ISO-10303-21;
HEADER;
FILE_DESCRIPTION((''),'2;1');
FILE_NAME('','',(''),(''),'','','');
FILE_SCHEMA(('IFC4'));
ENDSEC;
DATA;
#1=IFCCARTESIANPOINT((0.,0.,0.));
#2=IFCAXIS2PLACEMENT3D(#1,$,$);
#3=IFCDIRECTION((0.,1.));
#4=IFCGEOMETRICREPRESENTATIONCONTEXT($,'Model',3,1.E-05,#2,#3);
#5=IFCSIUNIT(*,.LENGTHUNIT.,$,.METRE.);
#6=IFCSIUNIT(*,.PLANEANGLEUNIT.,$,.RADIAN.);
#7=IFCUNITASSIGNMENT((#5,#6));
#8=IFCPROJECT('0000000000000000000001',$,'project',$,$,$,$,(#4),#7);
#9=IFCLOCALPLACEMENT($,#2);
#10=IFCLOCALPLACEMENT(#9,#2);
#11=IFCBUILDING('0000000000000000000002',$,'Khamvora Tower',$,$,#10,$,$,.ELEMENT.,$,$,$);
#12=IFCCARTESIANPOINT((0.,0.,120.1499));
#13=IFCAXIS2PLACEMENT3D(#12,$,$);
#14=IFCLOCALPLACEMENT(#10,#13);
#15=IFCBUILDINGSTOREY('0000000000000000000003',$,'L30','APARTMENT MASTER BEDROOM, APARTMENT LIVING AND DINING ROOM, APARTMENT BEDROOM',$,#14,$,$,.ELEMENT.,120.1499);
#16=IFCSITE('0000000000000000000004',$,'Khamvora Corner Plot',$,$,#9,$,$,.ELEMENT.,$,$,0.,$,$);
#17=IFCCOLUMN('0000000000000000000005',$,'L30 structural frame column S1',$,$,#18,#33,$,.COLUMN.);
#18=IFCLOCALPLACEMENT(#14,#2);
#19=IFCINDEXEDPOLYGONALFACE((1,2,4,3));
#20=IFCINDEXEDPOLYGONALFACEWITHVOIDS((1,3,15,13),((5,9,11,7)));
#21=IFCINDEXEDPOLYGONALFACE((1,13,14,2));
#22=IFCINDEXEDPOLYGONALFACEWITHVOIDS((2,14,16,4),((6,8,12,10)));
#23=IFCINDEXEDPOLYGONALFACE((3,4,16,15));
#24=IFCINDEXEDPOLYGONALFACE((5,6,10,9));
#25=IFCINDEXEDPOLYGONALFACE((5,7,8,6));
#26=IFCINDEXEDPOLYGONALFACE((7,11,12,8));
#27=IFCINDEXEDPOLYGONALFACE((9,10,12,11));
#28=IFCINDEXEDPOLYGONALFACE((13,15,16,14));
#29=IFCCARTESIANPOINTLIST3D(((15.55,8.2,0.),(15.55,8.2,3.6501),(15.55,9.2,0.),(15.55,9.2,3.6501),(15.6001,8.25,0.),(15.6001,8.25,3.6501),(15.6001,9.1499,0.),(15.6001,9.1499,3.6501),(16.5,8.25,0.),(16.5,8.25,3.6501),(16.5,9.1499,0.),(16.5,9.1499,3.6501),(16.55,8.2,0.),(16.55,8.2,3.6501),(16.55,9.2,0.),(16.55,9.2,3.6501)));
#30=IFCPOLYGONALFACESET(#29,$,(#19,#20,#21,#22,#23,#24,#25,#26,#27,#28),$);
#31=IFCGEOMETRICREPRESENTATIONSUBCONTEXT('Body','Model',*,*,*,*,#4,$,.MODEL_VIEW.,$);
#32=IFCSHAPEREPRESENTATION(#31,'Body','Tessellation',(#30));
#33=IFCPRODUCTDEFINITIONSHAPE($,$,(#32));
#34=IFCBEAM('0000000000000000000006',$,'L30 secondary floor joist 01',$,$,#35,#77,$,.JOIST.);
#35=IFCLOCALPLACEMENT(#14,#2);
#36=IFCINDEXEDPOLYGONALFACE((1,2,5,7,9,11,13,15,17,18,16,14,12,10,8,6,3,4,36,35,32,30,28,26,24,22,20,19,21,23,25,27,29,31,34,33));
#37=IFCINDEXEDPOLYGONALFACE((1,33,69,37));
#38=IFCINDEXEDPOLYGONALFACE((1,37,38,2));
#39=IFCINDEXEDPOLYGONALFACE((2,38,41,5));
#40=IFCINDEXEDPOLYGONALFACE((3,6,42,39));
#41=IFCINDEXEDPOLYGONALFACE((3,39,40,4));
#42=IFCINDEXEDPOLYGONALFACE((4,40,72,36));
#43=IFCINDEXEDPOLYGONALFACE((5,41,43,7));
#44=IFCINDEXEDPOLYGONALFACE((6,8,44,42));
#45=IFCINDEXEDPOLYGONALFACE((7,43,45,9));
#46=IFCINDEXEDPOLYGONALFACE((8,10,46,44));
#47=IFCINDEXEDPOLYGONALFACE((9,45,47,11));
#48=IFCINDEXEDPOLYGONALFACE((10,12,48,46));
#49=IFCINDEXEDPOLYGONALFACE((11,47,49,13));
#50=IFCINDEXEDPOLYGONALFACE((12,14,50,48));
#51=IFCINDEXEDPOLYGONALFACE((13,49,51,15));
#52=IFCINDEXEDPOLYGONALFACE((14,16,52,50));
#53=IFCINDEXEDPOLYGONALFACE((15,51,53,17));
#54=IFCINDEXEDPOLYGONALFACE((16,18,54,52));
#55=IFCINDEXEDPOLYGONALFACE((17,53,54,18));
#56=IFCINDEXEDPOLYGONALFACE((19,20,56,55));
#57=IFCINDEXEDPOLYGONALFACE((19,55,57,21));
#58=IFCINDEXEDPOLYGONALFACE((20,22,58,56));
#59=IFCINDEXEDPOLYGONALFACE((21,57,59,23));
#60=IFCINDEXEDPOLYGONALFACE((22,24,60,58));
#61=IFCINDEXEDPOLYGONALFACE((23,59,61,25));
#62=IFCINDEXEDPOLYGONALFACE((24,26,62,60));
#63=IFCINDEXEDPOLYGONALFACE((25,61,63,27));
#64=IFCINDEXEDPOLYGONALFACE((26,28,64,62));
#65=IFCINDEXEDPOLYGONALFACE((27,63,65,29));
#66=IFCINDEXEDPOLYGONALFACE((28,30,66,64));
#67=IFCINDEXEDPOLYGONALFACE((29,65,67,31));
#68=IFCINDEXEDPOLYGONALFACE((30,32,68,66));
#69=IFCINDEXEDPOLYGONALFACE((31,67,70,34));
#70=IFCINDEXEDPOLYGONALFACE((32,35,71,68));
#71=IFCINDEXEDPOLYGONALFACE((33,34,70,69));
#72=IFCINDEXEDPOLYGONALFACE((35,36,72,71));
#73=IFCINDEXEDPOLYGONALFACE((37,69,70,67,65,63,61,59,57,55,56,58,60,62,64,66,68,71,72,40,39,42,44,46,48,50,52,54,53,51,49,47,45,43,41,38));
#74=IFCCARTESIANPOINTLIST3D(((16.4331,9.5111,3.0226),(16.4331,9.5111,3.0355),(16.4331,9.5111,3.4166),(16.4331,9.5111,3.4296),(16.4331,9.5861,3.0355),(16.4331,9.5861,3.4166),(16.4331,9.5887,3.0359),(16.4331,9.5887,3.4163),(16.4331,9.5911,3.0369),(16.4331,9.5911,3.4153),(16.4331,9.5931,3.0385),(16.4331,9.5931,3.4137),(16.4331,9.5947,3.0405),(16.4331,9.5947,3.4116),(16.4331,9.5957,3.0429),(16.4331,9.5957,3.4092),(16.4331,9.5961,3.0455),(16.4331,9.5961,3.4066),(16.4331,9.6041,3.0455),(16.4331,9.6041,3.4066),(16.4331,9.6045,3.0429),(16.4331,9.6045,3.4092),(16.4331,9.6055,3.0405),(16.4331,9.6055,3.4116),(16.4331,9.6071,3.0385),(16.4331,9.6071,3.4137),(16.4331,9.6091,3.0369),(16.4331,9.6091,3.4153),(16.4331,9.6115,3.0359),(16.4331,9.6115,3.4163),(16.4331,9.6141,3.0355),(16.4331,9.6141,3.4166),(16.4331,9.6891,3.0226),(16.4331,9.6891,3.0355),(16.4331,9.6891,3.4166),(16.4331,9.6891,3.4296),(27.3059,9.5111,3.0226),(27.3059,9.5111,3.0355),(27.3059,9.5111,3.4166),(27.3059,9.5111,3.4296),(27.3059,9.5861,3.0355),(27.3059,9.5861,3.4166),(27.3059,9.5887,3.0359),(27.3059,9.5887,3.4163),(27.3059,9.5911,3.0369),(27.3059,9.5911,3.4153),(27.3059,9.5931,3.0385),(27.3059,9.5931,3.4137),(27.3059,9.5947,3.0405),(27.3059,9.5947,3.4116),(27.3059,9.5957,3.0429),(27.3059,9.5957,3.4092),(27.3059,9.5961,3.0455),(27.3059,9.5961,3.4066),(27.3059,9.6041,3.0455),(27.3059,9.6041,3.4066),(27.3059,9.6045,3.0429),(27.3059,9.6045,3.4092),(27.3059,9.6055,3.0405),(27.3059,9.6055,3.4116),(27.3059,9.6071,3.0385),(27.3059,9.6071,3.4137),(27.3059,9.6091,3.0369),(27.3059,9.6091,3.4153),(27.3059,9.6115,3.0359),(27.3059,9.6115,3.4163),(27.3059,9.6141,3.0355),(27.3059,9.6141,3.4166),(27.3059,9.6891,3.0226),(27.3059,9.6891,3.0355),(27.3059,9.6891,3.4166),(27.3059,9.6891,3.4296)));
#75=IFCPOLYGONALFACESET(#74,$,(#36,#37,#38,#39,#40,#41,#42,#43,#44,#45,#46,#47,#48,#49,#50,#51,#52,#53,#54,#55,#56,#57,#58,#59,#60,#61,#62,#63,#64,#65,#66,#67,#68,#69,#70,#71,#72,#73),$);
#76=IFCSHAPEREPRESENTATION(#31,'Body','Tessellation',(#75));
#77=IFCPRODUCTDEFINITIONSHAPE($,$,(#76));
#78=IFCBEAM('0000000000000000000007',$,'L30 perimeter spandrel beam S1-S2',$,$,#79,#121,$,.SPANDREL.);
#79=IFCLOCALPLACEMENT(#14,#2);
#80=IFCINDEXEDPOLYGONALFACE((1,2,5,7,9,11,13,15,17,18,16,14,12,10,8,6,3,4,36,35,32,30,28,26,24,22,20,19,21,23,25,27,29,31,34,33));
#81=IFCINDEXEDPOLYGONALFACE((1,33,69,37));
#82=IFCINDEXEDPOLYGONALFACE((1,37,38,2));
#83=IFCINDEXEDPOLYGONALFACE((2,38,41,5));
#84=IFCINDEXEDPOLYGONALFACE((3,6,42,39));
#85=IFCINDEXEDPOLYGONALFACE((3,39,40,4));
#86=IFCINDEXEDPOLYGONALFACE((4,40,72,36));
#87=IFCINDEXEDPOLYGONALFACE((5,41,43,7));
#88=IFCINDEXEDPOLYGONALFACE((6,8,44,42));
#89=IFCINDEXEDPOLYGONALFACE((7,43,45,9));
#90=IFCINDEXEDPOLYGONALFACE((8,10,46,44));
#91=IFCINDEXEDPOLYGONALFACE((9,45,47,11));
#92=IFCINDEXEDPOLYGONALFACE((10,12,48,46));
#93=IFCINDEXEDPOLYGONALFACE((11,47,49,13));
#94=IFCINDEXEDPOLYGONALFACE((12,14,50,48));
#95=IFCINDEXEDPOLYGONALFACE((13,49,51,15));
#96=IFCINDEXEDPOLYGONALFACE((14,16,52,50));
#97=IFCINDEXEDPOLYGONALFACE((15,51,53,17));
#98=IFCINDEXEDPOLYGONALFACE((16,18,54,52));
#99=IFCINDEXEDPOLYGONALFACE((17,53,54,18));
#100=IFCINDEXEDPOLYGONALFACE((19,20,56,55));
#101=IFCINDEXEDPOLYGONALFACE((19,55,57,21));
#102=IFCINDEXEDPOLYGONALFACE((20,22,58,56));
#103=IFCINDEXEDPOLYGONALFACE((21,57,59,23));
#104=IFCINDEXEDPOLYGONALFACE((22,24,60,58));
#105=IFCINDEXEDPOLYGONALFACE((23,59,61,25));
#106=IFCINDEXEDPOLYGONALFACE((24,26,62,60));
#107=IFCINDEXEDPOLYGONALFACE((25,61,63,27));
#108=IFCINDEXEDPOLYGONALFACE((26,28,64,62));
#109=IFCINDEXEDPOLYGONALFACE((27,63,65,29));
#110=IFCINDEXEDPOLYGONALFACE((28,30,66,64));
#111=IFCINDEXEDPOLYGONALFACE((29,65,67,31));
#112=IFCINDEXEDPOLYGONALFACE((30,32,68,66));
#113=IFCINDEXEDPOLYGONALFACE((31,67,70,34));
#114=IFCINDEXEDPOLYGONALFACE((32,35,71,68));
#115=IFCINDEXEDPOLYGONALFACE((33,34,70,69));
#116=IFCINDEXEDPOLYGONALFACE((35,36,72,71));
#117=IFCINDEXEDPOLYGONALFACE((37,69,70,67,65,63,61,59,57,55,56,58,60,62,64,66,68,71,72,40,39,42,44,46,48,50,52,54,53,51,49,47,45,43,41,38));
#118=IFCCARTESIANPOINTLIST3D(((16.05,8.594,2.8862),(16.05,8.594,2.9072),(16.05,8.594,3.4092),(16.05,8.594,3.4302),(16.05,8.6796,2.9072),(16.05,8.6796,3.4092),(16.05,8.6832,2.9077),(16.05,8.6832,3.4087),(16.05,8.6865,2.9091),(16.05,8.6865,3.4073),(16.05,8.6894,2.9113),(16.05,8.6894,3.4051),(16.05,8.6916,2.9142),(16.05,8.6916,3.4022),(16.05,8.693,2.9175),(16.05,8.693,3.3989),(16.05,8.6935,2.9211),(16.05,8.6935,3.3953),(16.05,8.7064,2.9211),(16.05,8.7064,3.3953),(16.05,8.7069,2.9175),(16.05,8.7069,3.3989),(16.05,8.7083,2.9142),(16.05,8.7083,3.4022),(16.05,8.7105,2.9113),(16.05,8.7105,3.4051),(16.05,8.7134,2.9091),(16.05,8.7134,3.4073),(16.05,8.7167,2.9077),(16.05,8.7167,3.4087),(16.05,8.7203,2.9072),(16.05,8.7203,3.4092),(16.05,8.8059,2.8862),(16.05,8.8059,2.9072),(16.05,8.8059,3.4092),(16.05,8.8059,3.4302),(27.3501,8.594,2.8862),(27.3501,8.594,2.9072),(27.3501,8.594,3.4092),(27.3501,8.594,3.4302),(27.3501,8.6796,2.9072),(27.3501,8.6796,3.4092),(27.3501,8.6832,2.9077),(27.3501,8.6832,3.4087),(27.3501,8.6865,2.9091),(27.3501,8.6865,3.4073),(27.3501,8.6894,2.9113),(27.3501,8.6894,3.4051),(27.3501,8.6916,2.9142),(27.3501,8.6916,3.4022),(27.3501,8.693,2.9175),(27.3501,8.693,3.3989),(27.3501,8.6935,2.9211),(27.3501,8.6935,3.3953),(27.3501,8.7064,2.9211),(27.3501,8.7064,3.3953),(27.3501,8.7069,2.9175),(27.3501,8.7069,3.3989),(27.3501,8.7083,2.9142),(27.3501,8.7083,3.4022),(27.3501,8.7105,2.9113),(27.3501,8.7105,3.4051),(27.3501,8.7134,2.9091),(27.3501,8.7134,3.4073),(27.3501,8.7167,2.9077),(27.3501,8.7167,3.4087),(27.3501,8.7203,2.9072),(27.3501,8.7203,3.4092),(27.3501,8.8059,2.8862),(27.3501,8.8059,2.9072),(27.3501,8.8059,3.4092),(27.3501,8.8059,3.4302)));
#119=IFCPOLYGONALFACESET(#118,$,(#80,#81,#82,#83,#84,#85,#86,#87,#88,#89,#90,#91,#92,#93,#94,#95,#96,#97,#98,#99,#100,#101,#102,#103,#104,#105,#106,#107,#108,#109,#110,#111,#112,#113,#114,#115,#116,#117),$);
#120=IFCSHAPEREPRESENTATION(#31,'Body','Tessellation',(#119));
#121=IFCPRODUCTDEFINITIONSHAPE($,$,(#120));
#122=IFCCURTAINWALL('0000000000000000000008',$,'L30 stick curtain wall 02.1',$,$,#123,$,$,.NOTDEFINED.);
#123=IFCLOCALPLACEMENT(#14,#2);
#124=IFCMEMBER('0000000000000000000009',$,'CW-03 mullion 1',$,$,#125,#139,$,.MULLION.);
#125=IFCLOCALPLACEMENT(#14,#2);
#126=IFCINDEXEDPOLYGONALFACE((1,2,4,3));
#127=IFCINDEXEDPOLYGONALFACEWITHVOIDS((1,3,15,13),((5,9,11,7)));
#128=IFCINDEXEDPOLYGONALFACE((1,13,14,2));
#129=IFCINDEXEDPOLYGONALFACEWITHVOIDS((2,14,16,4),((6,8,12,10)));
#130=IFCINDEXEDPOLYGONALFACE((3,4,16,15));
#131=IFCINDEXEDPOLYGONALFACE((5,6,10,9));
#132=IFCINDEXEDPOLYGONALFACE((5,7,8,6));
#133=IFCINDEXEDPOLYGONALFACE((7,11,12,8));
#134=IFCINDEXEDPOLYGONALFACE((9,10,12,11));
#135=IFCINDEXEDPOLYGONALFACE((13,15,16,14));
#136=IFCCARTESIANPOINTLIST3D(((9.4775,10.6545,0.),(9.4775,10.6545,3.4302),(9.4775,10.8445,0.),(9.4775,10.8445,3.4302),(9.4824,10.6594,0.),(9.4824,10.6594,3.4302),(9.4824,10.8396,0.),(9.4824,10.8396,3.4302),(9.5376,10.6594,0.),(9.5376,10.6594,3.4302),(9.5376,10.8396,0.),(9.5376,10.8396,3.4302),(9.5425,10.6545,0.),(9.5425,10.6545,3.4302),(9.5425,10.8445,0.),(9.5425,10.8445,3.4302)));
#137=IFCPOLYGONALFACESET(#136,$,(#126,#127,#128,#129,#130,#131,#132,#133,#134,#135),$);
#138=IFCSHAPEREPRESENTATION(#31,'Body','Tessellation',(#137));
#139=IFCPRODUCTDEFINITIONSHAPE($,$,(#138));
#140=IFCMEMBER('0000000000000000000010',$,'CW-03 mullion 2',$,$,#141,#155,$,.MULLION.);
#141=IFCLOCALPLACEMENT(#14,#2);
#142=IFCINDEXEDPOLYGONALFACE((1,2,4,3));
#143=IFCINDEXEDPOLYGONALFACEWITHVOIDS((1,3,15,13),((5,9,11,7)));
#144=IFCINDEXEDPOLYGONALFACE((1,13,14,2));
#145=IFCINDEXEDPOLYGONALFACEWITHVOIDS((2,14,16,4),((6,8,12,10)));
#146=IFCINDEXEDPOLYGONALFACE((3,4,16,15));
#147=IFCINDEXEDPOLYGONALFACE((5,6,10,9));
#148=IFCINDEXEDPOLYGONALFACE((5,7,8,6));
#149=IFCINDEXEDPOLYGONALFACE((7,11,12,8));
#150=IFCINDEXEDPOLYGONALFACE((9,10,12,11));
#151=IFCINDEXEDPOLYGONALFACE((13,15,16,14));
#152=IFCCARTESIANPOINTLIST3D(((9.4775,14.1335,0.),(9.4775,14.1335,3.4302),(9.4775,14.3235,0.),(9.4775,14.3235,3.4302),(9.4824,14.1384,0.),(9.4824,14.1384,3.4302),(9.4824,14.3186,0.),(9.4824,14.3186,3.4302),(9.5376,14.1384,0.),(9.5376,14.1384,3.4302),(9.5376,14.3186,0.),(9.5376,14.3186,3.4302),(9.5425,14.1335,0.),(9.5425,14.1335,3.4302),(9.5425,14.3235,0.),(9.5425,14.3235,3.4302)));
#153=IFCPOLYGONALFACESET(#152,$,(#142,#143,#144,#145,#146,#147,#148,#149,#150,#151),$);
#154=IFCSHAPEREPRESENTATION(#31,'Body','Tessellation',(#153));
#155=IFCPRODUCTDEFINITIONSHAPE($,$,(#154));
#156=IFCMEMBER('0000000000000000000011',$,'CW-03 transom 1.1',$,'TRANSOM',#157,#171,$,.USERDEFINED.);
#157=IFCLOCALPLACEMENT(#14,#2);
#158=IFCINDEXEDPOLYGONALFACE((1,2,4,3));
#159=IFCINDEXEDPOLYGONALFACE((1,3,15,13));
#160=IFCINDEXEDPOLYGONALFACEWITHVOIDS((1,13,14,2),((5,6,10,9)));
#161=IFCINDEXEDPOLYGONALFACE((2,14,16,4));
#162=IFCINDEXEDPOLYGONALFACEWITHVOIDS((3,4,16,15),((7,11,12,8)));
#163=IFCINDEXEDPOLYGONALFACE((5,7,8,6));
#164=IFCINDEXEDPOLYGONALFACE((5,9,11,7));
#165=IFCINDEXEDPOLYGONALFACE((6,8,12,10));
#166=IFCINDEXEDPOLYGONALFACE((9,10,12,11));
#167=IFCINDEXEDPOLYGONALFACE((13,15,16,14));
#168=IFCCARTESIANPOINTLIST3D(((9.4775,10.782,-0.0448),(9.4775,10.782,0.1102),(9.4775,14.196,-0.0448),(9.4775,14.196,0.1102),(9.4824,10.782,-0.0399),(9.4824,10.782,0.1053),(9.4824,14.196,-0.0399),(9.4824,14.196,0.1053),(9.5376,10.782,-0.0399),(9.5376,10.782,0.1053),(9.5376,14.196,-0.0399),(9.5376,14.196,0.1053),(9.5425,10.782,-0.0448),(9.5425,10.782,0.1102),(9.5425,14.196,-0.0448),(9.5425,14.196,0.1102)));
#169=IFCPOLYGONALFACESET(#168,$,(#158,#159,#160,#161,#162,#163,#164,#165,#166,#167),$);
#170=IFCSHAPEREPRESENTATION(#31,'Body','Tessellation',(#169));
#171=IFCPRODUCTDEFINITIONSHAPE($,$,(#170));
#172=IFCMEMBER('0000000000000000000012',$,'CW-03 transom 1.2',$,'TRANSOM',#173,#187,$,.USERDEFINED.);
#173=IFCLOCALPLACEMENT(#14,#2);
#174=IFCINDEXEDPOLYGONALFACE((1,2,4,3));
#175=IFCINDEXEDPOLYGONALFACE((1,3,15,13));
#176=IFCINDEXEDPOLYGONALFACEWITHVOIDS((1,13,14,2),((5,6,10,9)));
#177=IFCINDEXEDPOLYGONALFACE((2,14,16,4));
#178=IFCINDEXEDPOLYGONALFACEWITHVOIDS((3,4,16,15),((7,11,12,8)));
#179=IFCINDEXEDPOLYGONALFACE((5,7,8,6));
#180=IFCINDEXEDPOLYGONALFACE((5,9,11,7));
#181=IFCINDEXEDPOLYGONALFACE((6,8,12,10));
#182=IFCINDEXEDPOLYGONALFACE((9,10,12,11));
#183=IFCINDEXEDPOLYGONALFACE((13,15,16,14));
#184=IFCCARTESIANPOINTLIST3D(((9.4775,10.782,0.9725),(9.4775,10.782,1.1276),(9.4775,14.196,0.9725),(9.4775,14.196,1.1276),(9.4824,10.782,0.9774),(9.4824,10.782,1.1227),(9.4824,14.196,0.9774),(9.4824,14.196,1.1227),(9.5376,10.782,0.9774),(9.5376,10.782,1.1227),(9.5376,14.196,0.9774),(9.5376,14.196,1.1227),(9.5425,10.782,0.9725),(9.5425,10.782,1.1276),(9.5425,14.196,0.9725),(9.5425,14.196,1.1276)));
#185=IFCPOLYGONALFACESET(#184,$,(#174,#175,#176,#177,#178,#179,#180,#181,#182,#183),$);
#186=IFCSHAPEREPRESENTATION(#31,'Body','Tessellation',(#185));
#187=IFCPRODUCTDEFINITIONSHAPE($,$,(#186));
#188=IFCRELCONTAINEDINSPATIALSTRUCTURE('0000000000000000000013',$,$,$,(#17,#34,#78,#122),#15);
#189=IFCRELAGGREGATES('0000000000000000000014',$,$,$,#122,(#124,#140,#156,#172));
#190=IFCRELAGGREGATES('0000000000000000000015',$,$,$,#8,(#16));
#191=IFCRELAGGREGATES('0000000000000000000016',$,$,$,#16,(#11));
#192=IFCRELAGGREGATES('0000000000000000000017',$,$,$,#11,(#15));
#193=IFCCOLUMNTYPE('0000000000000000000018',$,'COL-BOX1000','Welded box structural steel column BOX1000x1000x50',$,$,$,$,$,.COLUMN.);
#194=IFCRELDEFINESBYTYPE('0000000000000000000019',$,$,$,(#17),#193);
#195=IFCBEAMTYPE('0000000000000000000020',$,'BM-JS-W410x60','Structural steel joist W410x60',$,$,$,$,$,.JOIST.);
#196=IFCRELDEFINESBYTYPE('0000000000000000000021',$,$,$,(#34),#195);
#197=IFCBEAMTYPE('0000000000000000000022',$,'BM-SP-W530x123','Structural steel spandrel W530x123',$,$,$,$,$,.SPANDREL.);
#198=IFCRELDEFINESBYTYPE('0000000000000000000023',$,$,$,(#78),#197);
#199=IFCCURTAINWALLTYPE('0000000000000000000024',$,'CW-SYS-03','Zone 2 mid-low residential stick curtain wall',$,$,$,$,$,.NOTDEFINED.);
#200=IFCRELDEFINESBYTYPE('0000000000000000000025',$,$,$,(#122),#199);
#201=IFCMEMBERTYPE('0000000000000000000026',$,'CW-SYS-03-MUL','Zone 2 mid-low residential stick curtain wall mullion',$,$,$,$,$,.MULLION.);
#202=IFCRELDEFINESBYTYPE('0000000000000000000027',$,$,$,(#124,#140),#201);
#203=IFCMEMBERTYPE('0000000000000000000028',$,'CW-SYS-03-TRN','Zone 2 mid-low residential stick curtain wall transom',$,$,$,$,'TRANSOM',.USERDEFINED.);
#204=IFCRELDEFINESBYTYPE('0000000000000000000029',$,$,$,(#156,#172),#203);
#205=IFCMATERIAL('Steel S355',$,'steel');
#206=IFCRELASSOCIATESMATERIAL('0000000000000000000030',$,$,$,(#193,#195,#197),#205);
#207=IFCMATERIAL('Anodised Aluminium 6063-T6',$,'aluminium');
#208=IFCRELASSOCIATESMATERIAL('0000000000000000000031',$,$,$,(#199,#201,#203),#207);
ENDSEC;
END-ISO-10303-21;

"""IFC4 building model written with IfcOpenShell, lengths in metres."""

from ifc_helpers import new_model, si_unit, direction, frame, origin, origin_2d, place, context, subcontext, project, spatial, hollow_rectangle, i_section, extrude, material, material_profile, profile_set, type_object, element, aggregate, save


model = new_model("IFC4")

# Units and contexts
model_context = context("Model", 3, precision=1e-05, world=origin(), true_north=direction((0.0, 1.0)))
body_context = subcontext(model_context, "Body", "Model", "MODEL_VIEW")
ifc_project = project(units=[si_unit("LENGTHUNIT", "METRE"), si_unit("PLANEANGLEUNIT", "RADIAN")], contexts=[model_context])

# Site, building, storey
site_placement = place(None, origin())
site = spatial("IfcSite", under=ifc_project, at=site_placement, Name="Khamvora Corner Plot", CompositionType="ELEMENT", RefElevation=0.0)
building_placement = place(site_placement, origin())
building = spatial("IfcBuilding", under=site, at=building_placement, Name="Khamvora Tower", CompositionType="ELEMENT")
storey_placement = place(building_placement, frame((0.0, 0.0, 120.1499)))
storey = spatial("IfcBuildingStorey", under=building, at=storey_placement, Name="L30", Description="APARTMENT MASTER BEDROOM, APARTMENT LIVING AND DINING ROOM, APARTMENT BEDROOM", CompositionType="ELEMENT", Elevation=120.1499)

# Column
ifc_material_1 = material(Name="Steel S355", Category="steel")
ifc_material_profile_1 = material_profile(ifc_material_1, hollow_rectangle(XDim=1.0, YDim=1.0, WallThickness=0.05, at=origin_2d()), Name="BOX1000x1000x50")
ifc_profile_set_1 = profile_set([ifc_material_profile_1], Name="Steel S355")
column_type = type_object("IfcColumnType", Name="COL-BOX1000", Description="Welded box structural steel column BOX1000x1000x50", PredefinedType="COLUMN", material=ifc_profile_set_1)
column_placement = place(storey_placement, frame((16.05, 8.7, 0.0), z_axis=(0.0, 0.0, 1.0), x_axis=(1.0, 0.0, 0.0)))
element("IfcColumn", 1, at=column_placement, inside=storey, type_object=column_type, Name="L30 structural frame column S1", PredefinedType="COLUMN", context=body_context, shape_type="SweptSolid", body=[
    extrude(hollow_rectangle(XDim=1.0, YDim=1.0, WallThickness=0.05, at=origin_2d()), origin(), (0.0, 0.0, 1.0), 3.6501),
])

# Beams
ifc_material_profile_2 = material_profile(ifc_material_1, i_section(OverallWidth=0.178, OverallDepth=0.407, WebThickness=0.0081, FlangeThickness=0.0129, FilletRadius=0.01, at=origin_2d()), Name="W410x60")
ifc_profile_set_2 = profile_set([ifc_material_profile_2], Name="Steel S355")
beam_type_1 = type_object("IfcBeamType", Name="BM-JS-W410x60", Description="Structural steel joist W410x60", PredefinedType="JOIST", material=ifc_profile_set_2)
beam_1_placement = place(storey_placement, frame((16.4331, 9.6001, 3.2261), z_axis=(1.0, 0.0, 0.0), x_axis=(0.0, 1.0, 0.0)))
element("IfcBeam", 2, at=beam_1_placement, inside=storey, type_object=beam_type_1, Name="L30 secondary floor joist 01", PredefinedType="JOIST", context=body_context, shape_type="SweptSolid", body=[
    extrude(i_section(OverallWidth=0.178, OverallDepth=0.407, WebThickness=0.0081, FlangeThickness=0.0129, FilletRadius=0.01, at=origin_2d()), origin(), (0.0, 0.0, 1.0), 10.8728),
])
ifc_material_profile_3 = material_profile(ifc_material_1, i_section(OverallWidth=0.2119, OverallDepth=0.5439, WebThickness=0.0129, FlangeThickness=0.021, FilletRadius=0.0139, at=origin_2d()), Name="W530x123")
ifc_profile_set_3 = profile_set([ifc_material_profile_3], Name="Steel S355")
beam_type_2 = type_object("IfcBeamType", Name="BM-SP-W530x123", Description="Structural steel spandrel W530x123", PredefinedType="SPANDREL", material=ifc_profile_set_3)
beam_2_placement = place(storey_placement, frame((16.05, 8.7, 3.1582), z_axis=(1.0, 0.0, 0.0), x_axis=(0.0, 1.0, 0.0)))
element("IfcBeam", 3, at=beam_2_placement, inside=storey, type_object=beam_type_2, Name="L30 perimeter spandrel beam S1-S2", PredefinedType="SPANDREL", context=body_context, shape_type="SweptSolid", body=[
    extrude(i_section(OverallWidth=0.2119, OverallDepth=0.5439, WebThickness=0.0129, FlangeThickness=0.021, FilletRadius=0.0139, at=origin_2d()), origin(), (0.0, 0.0, 1.0), 11.3),
])

# Curtain wall, members
ifc_material_2 = material(Name="Anodised Aluminium 6063-T6", Category="aluminium")
curtain_wall_type = type_object("IfcCurtainWallType", Name="CW-SYS-03", Description="Zone 2 mid-low residential stick curtain wall", PredefinedType="NOTDEFINED", material=ifc_material_2)
curtain_wall_placement = place(storey_placement, origin())
curtain_wall = element("IfcCurtainWall", 4, at=curtain_wall_placement, inside=storey, type_object=curtain_wall_type, Name="L30 stick curtain wall 02.1", PredefinedType="NOTDEFINED")
ifc_material_profile_4 = material_profile(ifc_material_2, hollow_rectangle(XDim=0.0649, YDim=0.1899, WallThickness=0.0049, at=origin_2d()), Name="MUL65x190x5")
ifc_profile_set_4 = profile_set([ifc_material_profile_4], Name="Anodised Aluminium 6063-T6")
member_type_1 = type_object("IfcMemberType", Name="CW-SYS-03-MUL", Description="Zone 2 mid-low residential stick curtain wall mullion", PredefinedType="MULLION", material=ifc_profile_set_4)
member_1_placement = place(storey_placement, frame((9.51, 10.7495, 0.0), z_axis=(0.0, 0.0, 1.0), x_axis=(-1.0, 0.0, 0.0)))
member_1 = element("IfcMember", 5, at=member_1_placement, type_object=member_type_1, Name="CW-03 mullion 1", PredefinedType="MULLION", context=body_context, shape_type="SweptSolid", body=[
    extrude(hollow_rectangle(XDim=0.0649, YDim=0.1899, WallThickness=0.0049, at=origin_2d()), origin(), (0.0, 0.0, 1.0), 3.4302),
])
member_2_placement = place(storey_placement, frame((9.51, 14.2285, 0.0), z_axis=(0.0, 0.0, 1.0), x_axis=(-1.0, 0.0, 0.0)))
member_2 = element("IfcMember", 6, at=member_2_placement, type_object=member_type_1, Name="CW-03 mullion 2", PredefinedType="MULLION", context=body_context, shape_type="SweptSolid", body=[
    extrude(hollow_rectangle(XDim=0.0649, YDim=0.1899, WallThickness=0.0049, at=origin_2d()), origin(), (0.0, 0.0, 1.0), 3.4302),
])
ifc_material_profile_5 = material_profile(ifc_material_2, hollow_rectangle(XDim=0.0649, YDim=0.155, WallThickness=0.0049, at=origin_2d()), Name="TRN65x155x5")
ifc_profile_set_5 = profile_set([ifc_material_profile_5], Name="Anodised Aluminium 6063-T6")
member_type_2 = type_object("IfcMemberType", Name="CW-SYS-03-TRN", Description="Zone 2 mid-low residential stick curtain wall transom", ElementType="TRANSOM", PredefinedType="USERDEFINED", material=ifc_profile_set_5)
member_3_placement = place(storey_placement, frame((9.51, 10.782, 0.0327), z_axis=(0.0, 1.0, 0.0), x_axis=(-1.0, 0.0, 0.0)))
member_3 = element("IfcMember", 7, at=member_3_placement, type_object=member_type_2, Name="CW-03 transom 1.1", ObjectType="TRANSOM", PredefinedType="USERDEFINED", context=body_context, shape_type="SweptSolid", body=[
    extrude(hollow_rectangle(XDim=0.0649, YDim=0.155, WallThickness=0.0049, at=origin_2d()), origin(), (0.0, 0.0, 1.0), 3.4141),
])
member_4_placement = place(storey_placement, frame((9.51, 10.782, 1.05), z_axis=(0.0, 1.0, 0.0), x_axis=(-1.0, 0.0, 0.0)))
member_4 = element("IfcMember", 8, at=member_4_placement, type_object=member_type_2, Name="CW-03 transom 1.2", ObjectType="TRANSOM", PredefinedType="USERDEFINED", context=body_context, shape_type="SweptSolid", body=[
    extrude(hollow_rectangle(XDim=0.0649, YDim=0.155, WallThickness=0.0049, at=origin_2d()), origin(), (0.0, 0.0, 1.0), 3.4141),
])

aggregate(curtain_wall, [member_1, member_2, member_3, member_4])

save(model, "model.ifc")
